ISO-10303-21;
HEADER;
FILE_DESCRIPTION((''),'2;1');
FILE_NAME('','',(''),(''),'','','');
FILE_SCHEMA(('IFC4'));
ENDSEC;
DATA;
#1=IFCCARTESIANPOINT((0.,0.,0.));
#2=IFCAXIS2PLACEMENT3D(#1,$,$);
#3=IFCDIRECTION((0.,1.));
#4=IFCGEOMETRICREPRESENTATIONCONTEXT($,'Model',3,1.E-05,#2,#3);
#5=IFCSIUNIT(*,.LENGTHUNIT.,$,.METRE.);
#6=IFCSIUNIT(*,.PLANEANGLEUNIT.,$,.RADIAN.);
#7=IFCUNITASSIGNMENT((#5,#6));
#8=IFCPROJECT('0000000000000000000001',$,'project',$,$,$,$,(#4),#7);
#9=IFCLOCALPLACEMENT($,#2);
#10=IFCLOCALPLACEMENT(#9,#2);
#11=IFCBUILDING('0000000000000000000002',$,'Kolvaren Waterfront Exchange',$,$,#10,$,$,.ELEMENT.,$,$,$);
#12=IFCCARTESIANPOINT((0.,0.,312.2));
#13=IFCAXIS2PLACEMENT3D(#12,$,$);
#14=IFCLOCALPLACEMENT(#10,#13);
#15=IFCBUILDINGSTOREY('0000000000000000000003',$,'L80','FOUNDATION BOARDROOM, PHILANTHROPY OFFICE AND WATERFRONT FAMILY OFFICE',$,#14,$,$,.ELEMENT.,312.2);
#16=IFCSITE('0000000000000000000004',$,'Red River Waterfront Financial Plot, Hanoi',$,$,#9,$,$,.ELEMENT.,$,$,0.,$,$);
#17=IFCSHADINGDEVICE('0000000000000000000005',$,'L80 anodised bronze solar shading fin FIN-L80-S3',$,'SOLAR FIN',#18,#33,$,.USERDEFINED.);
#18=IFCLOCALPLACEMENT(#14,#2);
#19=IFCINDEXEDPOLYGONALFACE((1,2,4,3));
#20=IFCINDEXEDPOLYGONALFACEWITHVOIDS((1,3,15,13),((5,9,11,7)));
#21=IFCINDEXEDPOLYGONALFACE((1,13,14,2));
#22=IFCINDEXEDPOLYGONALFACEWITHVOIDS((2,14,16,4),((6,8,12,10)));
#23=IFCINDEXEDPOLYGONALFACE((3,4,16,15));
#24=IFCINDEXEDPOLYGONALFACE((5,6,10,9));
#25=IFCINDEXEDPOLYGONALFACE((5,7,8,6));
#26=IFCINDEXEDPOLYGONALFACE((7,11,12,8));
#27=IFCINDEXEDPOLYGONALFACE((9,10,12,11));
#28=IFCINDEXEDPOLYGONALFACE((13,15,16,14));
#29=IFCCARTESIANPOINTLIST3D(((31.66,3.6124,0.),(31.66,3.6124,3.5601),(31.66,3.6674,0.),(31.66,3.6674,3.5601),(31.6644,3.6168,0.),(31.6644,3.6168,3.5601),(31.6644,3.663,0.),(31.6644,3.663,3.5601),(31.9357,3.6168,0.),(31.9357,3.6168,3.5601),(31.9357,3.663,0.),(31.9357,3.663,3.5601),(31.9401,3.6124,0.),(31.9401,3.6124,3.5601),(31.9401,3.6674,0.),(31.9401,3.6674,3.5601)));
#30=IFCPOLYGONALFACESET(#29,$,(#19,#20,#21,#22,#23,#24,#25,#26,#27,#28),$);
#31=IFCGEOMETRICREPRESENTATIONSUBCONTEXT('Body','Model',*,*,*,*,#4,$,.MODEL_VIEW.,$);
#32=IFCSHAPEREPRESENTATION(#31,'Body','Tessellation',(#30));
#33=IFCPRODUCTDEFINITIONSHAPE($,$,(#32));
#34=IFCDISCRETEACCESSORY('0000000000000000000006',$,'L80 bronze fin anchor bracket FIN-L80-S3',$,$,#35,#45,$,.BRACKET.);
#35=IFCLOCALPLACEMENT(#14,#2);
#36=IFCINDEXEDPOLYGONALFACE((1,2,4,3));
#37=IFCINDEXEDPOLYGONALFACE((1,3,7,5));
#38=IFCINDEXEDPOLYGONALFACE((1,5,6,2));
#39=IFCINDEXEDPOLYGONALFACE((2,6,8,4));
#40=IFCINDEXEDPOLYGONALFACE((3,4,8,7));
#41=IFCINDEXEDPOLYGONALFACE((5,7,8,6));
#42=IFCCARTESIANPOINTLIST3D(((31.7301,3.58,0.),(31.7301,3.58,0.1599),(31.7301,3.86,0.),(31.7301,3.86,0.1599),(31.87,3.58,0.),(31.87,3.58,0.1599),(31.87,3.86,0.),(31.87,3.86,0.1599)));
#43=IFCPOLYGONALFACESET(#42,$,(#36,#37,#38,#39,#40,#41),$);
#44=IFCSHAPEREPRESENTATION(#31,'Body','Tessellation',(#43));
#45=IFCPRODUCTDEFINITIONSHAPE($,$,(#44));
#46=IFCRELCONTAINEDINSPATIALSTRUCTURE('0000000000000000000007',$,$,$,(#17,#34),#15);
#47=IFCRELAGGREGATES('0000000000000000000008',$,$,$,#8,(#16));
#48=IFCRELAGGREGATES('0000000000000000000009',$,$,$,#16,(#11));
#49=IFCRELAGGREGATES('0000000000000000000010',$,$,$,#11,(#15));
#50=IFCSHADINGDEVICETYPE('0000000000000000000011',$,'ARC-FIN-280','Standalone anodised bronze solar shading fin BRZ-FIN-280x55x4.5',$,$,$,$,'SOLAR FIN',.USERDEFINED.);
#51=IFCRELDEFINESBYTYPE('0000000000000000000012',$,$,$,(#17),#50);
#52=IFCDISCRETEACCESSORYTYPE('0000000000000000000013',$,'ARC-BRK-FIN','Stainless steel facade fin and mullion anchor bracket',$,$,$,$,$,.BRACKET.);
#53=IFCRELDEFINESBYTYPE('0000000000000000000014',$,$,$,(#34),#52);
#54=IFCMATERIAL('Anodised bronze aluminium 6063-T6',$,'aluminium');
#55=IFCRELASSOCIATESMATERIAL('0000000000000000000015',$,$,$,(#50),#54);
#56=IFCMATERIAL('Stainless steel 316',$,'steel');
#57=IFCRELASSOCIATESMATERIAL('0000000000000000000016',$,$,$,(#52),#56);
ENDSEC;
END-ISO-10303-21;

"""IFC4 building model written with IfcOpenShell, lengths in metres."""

from ifc_helpers import new_model, si_unit, direction, frame, origin, origin_with_axes, origin_2d, place, context, subcontext, project, spatial, rectangle, hollow_rectangle, extrude, source, transform, mapped, material, material_profile, profile_set, type_object, element, save


model = new_model("IFC4")

# Units and contexts
model_context = context("Model", 3, precision=1e-05, world=origin(), true_north=direction((0.0, 1.0)))
body_context = subcontext(model_context, "Body", "Model", "MODEL_VIEW")
ifc_project = project(units=[si_unit("LENGTHUNIT", "METRE"), si_unit("PLANEANGLEUNIT", "RADIAN")], contexts=[model_context])

# Site, building, storey
site_placement = place(None, origin())
site = spatial("IfcSite", under=ifc_project, at=site_placement, Name="Red River Waterfront Financial Plot, Hanoi", CompositionType="ELEMENT", RefElevation=0.0)
building_placement = place(site_placement, origin())
building = spatial("IfcBuilding", under=site, at=building_placement, Name="Kolvaren Waterfront Exchange", CompositionType="ELEMENT")
storey_placement = place(building_placement, frame((0.0, 0.0, 312.2)))
storey = spatial("IfcBuildingStorey", under=building, at=storey_placement, Name="L80", Description="FOUNDATION BOARDROOM, PHILANTHROPY OFFICE AND WATERFRONT FAMILY OFFICE", CompositionType="ELEMENT", Elevation=312.2)

# Shared definitions
ifc_material_1 = material(Name="Anodised bronze aluminium 6063-T6", Category="aluminium")

# Shading device
ifc_material_profile_1 = material_profile(ifc_material_1, hollow_rectangle(XDim=0.0549, YDim=0.28, WallThickness=0.0044, at=origin_2d()), Name="BRZ-FIN-280x55x4.5")
ifc_profile_set_1 = profile_set([ifc_material_profile_1], Name="Anodised bronze aluminium 6063-T6")
shading_device_type = type_object("IfcShadingDeviceType", Name="ARC-FIN-280", Description="Standalone anodised bronze solar shading fin BRZ-FIN-280x55x4.5", ElementType="SOLAR FIN", PredefinedType="USERDEFINED", material=ifc_profile_set_1)
shading_device_placement = place(storey_placement, frame((31.8, 3.6399, 0.0), z_axis=(0.0, 0.0, 1.0), x_axis=(0.0, -1.0, 0.0)))
element("IfcShadingDevice", 1, at=shading_device_placement, inside=storey, type_object=shading_device_type, Name="L80 anodised bronze solar shading fin FIN-L80-S3", ObjectType="SOLAR FIN", PredefinedType="USERDEFINED", context=body_context, shape_type="SweptSolid", body=[
    extrude(hollow_rectangle(XDim=0.0549, YDim=0.28, WallThickness=0.0044, at=origin_2d()), origin(), (0.0, 0.0, 1.0), 3.5601),
])

# Discrete accessory
ifc_material_2 = material(Name="Stainless steel 316", Category="steel")
discrete_accessory_type = type_object("IfcDiscreteAccessoryType", Name="ARC-BRK-FIN", Description="Stainless steel facade fin and mullion anchor bracket", PredefinedType="BRACKET", material=ifc_material_2)
shared_shape_1 = source(origin_with_axes(), body_context, "Body", "SweptSolid", [
    extrude(rectangle(XDim=0.28, YDim=0.1399, at=origin_2d()), origin(), (0.0, 0.0, 1.0), 0.1599),
])
discrete_accessory_placement = place(storey_placement, frame((31.8, 3.72, 0.0), z_axis=(0.0, 0.0, 1.0), x_axis=(0.0, -1.0, 0.0)))
element("IfcDiscreteAccessory", 2, at=discrete_accessory_placement, inside=storey, type_object=discrete_accessory_type, Name="L80 bronze fin anchor bracket FIN-L80-S3", PredefinedType="BRACKET", context=body_context, shape_type="MappedRepresentation", body=[
    mapped(shared_shape_1, transform((0.0, 0.0, 0.0), x_axis=(1.0, 0.0, 0.0), y_axis=(0.0, 1.0, 0.0), z_axis=(0.0, 0.0, 1.0), scale=1.0)),
])

save(model, "model.ifc")
